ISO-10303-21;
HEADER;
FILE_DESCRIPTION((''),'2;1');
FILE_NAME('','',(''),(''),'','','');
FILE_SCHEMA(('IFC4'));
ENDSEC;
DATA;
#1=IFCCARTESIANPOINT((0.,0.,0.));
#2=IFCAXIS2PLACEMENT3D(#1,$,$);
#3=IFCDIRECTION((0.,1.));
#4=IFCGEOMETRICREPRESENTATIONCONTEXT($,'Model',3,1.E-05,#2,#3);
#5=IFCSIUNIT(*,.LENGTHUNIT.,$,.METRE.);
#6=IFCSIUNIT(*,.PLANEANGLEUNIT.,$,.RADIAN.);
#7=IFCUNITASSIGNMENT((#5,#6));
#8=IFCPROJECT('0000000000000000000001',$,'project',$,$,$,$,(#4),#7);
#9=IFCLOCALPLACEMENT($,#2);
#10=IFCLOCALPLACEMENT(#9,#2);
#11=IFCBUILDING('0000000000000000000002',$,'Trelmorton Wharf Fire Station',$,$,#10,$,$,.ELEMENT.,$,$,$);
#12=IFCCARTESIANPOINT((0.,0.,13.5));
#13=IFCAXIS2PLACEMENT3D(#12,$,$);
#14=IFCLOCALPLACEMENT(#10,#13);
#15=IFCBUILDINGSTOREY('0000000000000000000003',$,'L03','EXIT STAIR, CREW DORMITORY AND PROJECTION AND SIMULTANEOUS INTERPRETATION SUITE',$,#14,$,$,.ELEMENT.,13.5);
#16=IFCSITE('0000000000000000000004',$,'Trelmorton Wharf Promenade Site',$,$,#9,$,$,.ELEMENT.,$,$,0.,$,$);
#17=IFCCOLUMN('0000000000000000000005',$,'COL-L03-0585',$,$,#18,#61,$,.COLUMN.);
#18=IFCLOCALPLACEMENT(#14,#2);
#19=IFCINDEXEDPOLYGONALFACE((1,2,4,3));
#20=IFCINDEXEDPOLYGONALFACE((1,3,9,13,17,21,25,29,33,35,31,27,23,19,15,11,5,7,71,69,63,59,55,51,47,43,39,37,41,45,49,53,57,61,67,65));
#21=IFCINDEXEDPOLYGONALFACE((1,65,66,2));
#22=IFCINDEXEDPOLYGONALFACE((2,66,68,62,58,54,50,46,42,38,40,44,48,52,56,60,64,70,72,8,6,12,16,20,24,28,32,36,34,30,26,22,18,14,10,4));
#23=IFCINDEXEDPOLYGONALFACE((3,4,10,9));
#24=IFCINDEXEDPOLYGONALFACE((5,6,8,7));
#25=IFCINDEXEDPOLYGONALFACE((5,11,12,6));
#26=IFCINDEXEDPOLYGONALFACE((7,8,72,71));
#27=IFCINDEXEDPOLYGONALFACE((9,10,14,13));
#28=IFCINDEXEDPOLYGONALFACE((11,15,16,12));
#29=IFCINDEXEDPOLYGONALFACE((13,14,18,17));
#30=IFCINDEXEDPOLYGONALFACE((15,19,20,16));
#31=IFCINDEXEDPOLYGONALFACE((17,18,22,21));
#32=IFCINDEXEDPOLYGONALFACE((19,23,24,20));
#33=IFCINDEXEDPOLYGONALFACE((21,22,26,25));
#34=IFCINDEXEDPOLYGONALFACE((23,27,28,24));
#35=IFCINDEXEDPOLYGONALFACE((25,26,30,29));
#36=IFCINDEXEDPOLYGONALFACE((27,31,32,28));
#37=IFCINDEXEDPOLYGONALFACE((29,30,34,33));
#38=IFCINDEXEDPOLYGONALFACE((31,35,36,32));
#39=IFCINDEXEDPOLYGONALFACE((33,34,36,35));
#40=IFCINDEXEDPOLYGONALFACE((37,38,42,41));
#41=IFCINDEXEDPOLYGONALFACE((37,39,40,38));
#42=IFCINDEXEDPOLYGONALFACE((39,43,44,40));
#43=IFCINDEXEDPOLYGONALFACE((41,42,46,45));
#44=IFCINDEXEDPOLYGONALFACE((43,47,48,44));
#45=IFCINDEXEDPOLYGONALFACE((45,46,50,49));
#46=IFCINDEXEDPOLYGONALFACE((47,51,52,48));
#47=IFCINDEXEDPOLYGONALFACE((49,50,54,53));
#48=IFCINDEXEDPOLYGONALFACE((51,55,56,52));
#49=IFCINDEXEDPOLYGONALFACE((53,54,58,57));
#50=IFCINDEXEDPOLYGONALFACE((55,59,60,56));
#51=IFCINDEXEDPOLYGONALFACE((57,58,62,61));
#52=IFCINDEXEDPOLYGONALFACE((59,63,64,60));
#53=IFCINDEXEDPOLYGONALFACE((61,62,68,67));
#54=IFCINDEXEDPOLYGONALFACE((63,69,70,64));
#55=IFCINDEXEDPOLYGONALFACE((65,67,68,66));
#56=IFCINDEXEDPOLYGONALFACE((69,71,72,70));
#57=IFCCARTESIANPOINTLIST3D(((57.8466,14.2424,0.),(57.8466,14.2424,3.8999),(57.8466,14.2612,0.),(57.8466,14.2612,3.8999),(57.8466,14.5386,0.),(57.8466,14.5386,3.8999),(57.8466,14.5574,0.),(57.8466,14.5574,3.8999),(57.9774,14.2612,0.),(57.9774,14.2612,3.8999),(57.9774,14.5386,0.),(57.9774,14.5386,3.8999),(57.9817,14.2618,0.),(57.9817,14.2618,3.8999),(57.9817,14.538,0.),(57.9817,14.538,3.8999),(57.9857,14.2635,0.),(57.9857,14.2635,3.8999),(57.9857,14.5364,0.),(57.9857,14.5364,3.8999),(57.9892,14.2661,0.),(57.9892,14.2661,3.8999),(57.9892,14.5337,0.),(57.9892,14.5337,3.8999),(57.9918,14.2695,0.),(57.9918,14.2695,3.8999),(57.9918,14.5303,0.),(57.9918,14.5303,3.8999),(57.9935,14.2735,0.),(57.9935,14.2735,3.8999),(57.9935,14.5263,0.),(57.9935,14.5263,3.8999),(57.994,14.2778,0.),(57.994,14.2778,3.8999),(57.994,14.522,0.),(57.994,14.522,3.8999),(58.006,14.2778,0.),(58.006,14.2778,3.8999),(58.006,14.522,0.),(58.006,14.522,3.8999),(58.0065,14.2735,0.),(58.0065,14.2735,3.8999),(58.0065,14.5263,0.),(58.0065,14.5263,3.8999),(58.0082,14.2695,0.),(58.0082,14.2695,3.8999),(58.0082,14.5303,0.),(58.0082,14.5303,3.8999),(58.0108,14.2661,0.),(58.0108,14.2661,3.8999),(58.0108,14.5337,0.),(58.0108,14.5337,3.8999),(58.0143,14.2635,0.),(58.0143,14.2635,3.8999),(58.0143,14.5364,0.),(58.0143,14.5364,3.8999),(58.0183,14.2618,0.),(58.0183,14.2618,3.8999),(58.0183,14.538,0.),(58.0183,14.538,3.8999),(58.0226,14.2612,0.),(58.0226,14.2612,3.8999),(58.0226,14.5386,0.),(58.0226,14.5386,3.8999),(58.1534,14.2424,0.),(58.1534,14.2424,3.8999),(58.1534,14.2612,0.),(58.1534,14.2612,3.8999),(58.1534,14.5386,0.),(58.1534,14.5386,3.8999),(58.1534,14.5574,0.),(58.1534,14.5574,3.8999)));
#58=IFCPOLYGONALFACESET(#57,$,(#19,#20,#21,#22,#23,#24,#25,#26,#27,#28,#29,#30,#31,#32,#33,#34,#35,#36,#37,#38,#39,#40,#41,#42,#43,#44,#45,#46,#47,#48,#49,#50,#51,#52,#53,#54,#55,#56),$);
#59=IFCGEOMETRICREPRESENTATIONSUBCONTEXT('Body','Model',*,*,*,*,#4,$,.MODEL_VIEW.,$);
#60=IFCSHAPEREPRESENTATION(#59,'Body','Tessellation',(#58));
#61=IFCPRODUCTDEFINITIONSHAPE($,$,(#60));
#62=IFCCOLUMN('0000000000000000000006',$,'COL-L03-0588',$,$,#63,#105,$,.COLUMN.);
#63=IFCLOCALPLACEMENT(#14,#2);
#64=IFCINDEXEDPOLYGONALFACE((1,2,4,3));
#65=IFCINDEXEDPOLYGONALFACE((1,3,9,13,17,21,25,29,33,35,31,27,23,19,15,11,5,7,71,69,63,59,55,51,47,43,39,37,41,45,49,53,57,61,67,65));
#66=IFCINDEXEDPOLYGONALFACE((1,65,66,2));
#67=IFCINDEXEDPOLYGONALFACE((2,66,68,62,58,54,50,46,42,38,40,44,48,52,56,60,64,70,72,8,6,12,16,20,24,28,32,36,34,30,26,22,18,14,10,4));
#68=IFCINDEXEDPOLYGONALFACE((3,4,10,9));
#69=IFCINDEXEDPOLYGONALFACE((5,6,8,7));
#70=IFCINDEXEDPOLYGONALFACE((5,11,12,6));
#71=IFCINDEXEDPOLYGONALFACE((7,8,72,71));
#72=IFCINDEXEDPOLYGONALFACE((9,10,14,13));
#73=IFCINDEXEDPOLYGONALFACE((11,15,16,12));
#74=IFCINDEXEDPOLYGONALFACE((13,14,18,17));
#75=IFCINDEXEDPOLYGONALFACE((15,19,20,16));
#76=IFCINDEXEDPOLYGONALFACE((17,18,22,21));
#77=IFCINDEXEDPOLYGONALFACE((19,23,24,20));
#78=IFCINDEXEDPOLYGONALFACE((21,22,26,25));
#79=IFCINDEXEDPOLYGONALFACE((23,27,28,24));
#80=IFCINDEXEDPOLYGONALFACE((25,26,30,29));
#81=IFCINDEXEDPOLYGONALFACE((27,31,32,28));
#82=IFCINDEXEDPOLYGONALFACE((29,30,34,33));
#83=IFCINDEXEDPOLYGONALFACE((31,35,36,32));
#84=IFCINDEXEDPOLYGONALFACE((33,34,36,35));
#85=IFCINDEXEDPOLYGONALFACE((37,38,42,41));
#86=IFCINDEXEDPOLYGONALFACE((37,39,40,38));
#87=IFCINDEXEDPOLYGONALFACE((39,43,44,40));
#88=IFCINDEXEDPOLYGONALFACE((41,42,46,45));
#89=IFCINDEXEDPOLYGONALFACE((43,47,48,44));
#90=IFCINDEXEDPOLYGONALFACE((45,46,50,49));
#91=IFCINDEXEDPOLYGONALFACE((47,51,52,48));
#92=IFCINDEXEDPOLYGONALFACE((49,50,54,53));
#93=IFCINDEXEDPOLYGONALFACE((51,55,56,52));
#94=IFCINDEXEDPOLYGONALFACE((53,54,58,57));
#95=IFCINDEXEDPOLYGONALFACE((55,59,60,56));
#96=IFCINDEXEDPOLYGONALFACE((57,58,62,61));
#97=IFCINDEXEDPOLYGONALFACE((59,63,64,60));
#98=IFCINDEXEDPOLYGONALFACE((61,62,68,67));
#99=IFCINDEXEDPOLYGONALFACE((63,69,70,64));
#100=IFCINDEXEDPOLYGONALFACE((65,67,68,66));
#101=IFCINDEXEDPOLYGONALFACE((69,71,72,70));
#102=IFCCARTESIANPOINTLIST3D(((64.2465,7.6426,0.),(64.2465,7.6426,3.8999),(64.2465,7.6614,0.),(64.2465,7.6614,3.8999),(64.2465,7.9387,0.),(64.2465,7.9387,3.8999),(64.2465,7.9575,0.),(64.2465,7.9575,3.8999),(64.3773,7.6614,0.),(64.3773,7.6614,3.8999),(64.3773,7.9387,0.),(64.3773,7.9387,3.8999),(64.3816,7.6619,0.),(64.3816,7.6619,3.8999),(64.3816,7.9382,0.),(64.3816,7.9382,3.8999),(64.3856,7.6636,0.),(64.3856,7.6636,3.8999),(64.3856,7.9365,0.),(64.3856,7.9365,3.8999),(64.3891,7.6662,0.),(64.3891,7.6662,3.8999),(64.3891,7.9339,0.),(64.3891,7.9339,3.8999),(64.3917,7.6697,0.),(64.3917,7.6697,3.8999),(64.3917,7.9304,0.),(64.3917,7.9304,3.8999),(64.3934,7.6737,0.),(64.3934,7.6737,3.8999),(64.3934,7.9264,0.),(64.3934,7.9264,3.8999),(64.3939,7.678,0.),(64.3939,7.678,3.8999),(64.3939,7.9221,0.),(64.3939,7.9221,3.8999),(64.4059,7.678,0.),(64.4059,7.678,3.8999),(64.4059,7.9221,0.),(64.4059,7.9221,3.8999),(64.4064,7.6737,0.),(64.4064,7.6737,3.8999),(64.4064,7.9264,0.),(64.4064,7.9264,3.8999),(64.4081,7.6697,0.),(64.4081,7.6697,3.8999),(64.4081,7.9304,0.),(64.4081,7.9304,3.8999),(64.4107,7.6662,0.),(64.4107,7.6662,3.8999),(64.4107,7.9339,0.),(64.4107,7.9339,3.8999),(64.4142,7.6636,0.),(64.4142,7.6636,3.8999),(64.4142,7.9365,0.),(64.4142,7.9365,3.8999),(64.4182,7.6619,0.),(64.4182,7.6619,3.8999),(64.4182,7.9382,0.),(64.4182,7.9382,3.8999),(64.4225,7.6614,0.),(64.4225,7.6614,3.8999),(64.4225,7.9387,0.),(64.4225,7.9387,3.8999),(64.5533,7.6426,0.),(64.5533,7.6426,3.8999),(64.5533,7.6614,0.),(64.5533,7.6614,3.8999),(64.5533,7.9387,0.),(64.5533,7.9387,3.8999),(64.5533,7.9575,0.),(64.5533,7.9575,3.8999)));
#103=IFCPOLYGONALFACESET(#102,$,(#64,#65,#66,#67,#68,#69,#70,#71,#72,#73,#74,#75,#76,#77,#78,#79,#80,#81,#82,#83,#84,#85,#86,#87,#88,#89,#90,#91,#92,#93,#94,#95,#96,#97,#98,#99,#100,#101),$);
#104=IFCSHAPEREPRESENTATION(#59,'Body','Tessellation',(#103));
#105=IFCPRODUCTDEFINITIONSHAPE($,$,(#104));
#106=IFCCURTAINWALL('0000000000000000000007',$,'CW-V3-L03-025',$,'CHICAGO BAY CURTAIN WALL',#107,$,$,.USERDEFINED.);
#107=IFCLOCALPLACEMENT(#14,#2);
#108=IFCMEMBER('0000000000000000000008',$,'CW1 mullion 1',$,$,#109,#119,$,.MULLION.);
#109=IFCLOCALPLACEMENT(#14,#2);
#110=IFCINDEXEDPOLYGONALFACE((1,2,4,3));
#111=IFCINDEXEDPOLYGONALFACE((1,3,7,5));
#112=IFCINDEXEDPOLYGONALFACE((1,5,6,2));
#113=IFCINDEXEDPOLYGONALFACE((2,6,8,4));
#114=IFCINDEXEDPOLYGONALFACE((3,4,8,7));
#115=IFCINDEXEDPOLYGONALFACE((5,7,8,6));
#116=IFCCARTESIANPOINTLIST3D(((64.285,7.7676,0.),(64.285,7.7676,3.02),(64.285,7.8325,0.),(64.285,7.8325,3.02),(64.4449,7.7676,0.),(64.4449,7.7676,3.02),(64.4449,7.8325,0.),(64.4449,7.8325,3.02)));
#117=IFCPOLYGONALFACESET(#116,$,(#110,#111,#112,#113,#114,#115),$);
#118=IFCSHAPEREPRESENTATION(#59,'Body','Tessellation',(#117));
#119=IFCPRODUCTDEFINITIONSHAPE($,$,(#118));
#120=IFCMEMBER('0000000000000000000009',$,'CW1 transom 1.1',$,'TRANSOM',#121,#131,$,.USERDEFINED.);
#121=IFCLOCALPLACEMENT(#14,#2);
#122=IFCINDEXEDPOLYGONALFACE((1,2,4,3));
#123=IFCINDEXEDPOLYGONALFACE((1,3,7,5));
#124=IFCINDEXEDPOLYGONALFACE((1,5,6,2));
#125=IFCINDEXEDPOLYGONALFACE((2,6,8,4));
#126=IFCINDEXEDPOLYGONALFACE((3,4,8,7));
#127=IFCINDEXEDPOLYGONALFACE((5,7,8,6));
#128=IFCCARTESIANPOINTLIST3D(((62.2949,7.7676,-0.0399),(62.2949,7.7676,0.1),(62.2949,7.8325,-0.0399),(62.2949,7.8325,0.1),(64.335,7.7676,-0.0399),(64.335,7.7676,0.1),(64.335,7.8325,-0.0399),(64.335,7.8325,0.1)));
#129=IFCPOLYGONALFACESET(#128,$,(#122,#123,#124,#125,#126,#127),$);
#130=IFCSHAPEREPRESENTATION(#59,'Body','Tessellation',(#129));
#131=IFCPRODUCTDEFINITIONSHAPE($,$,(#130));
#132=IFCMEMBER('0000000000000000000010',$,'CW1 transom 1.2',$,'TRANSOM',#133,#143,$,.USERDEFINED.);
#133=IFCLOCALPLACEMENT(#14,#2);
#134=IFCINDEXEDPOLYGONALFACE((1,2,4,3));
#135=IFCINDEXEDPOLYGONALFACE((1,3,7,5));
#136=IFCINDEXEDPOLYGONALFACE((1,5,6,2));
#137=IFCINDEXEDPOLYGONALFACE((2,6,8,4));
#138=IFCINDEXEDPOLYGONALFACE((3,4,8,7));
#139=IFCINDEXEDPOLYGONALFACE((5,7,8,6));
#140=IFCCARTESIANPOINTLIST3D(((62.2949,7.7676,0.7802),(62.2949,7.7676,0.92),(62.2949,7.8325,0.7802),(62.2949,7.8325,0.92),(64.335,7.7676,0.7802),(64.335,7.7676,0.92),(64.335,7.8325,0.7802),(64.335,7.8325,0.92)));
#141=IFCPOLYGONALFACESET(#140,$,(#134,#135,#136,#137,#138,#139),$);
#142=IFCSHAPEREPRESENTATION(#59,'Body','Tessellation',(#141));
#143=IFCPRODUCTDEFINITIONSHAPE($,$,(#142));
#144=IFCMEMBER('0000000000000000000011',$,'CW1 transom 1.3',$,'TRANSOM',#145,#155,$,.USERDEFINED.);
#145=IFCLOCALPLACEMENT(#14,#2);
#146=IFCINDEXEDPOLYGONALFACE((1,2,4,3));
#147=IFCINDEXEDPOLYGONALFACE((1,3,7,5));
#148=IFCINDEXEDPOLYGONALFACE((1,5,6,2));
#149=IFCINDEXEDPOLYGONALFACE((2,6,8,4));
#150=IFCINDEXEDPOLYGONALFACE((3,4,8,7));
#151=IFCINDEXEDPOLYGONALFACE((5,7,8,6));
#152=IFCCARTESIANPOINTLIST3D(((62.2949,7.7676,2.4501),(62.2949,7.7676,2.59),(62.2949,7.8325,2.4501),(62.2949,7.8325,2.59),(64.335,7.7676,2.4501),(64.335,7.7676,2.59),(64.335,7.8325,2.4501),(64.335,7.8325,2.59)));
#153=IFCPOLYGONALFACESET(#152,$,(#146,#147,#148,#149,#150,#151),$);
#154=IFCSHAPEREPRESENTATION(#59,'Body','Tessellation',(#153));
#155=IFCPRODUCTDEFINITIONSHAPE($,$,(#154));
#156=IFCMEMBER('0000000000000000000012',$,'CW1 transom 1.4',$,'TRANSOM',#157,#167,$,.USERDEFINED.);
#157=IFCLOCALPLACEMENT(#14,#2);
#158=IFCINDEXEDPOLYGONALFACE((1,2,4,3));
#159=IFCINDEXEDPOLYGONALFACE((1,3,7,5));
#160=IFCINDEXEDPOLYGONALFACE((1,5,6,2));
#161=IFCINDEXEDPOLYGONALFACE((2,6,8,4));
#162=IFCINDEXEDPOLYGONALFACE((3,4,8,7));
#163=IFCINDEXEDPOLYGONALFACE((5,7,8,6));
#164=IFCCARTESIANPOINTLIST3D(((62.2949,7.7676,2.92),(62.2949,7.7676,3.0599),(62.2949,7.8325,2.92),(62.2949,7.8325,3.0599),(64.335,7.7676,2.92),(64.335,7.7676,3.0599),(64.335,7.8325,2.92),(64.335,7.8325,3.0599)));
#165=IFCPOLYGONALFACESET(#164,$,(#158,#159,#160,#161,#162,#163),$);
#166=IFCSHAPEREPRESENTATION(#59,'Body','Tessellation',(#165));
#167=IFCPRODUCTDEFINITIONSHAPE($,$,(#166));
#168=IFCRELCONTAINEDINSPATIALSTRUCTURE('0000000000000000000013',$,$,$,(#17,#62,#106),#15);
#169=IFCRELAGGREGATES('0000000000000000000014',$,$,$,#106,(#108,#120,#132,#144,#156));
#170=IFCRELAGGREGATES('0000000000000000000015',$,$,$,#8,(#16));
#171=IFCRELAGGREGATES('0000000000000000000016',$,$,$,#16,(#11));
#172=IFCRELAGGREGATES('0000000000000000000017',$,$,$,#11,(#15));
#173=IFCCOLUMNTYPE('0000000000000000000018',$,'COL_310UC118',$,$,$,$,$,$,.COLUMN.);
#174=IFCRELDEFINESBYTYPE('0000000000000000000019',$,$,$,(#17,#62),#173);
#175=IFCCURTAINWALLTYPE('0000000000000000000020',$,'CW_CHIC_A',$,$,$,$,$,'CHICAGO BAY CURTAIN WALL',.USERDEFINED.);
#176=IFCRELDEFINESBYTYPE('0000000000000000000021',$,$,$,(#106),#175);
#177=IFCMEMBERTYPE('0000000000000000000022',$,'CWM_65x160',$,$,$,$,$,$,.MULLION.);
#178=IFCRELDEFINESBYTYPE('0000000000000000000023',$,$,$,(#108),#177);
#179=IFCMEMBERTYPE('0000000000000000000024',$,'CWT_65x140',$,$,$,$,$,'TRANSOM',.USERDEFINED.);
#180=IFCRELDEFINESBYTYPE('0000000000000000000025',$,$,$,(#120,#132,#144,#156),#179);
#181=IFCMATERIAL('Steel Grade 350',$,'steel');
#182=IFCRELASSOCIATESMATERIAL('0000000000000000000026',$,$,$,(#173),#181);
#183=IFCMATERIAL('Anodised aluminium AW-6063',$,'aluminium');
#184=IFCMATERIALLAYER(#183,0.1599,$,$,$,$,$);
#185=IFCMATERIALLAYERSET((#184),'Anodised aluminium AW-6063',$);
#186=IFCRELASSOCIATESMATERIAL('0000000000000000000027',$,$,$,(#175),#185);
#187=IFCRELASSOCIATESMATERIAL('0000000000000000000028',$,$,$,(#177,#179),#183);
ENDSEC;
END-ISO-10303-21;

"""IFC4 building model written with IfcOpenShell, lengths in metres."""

from ifc_helpers import new_model, si_unit, direction, frame, origin, origin_2d, place, context, subcontext, project, spatial, rectangle, i_section, extrude, material, layer, layer_set, material_profile, profile_set, type_object, element, aggregate, save


model = new_model("IFC4")

# Units and contexts
model_context = context("Model", 3, precision=1e-05, world=origin(), true_north=direction((0.0, 1.0)))
body_context = subcontext(model_context, "Body", "Model", "MODEL_VIEW")
ifc_project = project(units=[si_unit("LENGTHUNIT", "METRE"), si_unit("PLANEANGLEUNIT", "RADIAN")], contexts=[model_context])

# Site, building, storey
site_placement = place(None, origin())
site = spatial("IfcSite", under=ifc_project, at=site_placement, Name="Trelmorton Wharf Promenade Site", CompositionType="ELEMENT", RefElevation=0.0)
building_placement = place(site_placement, origin())
building = spatial("IfcBuilding", under=site, at=building_placement, Name="Trelmorton Wharf Fire Station", CompositionType="ELEMENT")
storey_placement = place(building_placement, frame((0.0, 0.0, 13.5)))
storey = spatial("IfcBuildingStorey", under=building, at=storey_placement, Name="L03", Description="EXIT STAIR, CREW DORMITORY AND PROJECTION AND SIMULTANEOUS INTERPRETATION SUITE", CompositionType="ELEMENT", Elevation=13.5)

# Columns
ifc_material_1 = material(Name="Steel Grade 350", Category="steel")
ifc_material_profile_1 = material_profile(ifc_material_1, i_section(OverallWidth=0.3069, OverallDepth=0.3149, WebThickness=0.012, FlangeThickness=0.0188, FilletRadius=0.0166, at=origin_2d()), Name="310UC118")
ifc_profile_set_1 = profile_set([ifc_material_profile_1], Name="Steel Grade 350")
column_type = type_object("IfcColumnType", Name="COL_310UC118", PredefinedType="COLUMN", material=ifc_profile_set_1)
for number, where, z_axis, x_axis, name in (
    (1, (58.0, 14.3999, 0.0), (0.0, 0.0, 1.0), (1.0, 0.0, 0.0), "COL-L03-0585"),
    (2, (64.3999, 7.8, 0.0), (0.0, 0.0, 1.0), (1.0, 0.0, 0.0), "COL-L03-0588"),
):
    element("IfcColumn", number, at=place(storey_placement, frame(where, z_axis=z_axis, x_axis=x_axis)), inside=storey, type_object=column_type, Name=name, PredefinedType="COLUMN", context=body_context, shape_type="SweptSolid", body=[
        extrude(i_section(OverallWidth=0.3069, OverallDepth=0.3149, WebThickness=0.012, FlangeThickness=0.0188, FilletRadius=0.0166, at=origin_2d()), origin(), (0.0, 0.0, 1.0), 3.8999),
    ])

# Curtain wall, members
ifc_material_2 = material(Name="Anodised aluminium AW-6063", Category="aluminium")
ifc_layer_1 = layer(ifc_material_2, 0.1599)
ifc_layer_set_1 = layer_set([ifc_layer_1], Name="Anodised aluminium AW-6063")
curtain_wall_type = type_object("IfcCurtainWallType", Name="CW_CHIC_A", ElementType="CHICAGO BAY CURTAIN WALL", PredefinedType="USERDEFINED", material=ifc_layer_set_1)
curtain_wall_placement = place(storey_placement, origin())
curtain_wall = element("IfcCurtainWall", 3, at=curtain_wall_placement, inside=storey, type_object=curtain_wall_type, Name="CW-V3-L03-025", ObjectType="CHICAGO BAY CURTAIN WALL", PredefinedType="USERDEFINED")
ifc_material_profile_2 = material_profile(ifc_material_2, rectangle(XDim=0.0649, YDim=0.1599, at=origin_2d()), Name="ALU-65x160")
ifc_profile_set_2 = profile_set([ifc_material_profile_2], Name="Anodised aluminium AW-6063")
member_type_1 = type_object("IfcMemberType", Name="CWM_65x160", PredefinedType="MULLION", material=ifc_profile_set_2)
member_1_placement = place(storey_placement, frame((64.365, 7.8, 0.0), z_axis=(0.0, 0.0, 1.0), x_axis=(0.0, -1.0, 0.0)))
member_1 = element("IfcMember", 4, at=member_1_placement, type_object=member_type_1, Name="CW1 mullion 1", PredefinedType="MULLION", context=body_context, shape_type="SweptSolid", body=[
    extrude(rectangle(XDim=0.0649, YDim=0.1599, at=origin_2d()), origin(), (0.0, 0.0, 1.0), 3.02),
])
ifc_material_profile_3 = material_profile(ifc_material_2, rectangle(XDim=0.0649, YDim=0.1399, at=origin_2d()), Name="ALU-65x140")
ifc_profile_set_3 = profile_set([ifc_material_profile_3], Name="Anodised aluminium AW-6063")
member_type_2 = type_object("IfcMemberType", Name="CWT_65x140", ElementType="TRANSOM", PredefinedType="USERDEFINED", material=ifc_profile_set_3)
member_2_placement = place(storey_placement, frame((64.335, 7.8, 0.03), z_axis=(-1.0, 0.0, 0.0), x_axis=(0.0, -1.0, 0.0)))
member_2 = element("IfcMember", 5, at=member_2_placement, type_object=member_type_2, Name="CW1 transom 1.1", ObjectType="TRANSOM", PredefinedType="USERDEFINED", context=body_context, shape_type="SweptSolid", body=[
    extrude(rectangle(XDim=0.0649, YDim=0.1399, at=origin_2d()), origin(), (0.0, 0.0, 1.0), 2.04),
])
member_3_placement = place(storey_placement, frame((64.335, 7.8, 0.8501), z_axis=(-1.0, 0.0, 0.0), x_axis=(0.0, -1.0, 0.0)))
member_3 = element("IfcMember", 6, at=member_3_placement, type_object=member_type_2, Name="CW1 transom 1.2", ObjectType="TRANSOM", PredefinedType="USERDEFINED", context=body_context, shape_type="SweptSolid", body=[
    extrude(rectangle(XDim=0.0649, YDim=0.1399, at=origin_2d()), origin(), (0.0, 0.0, 1.0), 2.04),
])
member_4_placement = place(storey_placement, frame((64.335, 7.8, 2.52), z_axis=(-1.0, 0.0, 0.0), x_axis=(0.0, -1.0, 0.0)))
member_4 = element("IfcMember", 7, at=member_4_placement, type_object=member_type_2, Name="CW1 transom 1.3", ObjectType="TRANSOM", PredefinedType="USERDEFINED", context=body_context, shape_type="SweptSolid", body=[
    extrude(rectangle(XDim=0.0649, YDim=0.1399, at=origin_2d()), origin(), (0.0, 0.0, 1.0), 2.04),
])
member_5_placement = place(storey_placement, frame((64.335, 7.8, 2.99), z_axis=(-1.0, 0.0, 0.0), x_axis=(0.0, -1.0, 0.0)))
member_5 = element("IfcMember", 8, at=member_5_placement, type_object=member_type_2, Name="CW1 transom 1.4", ObjectType="TRANSOM", PredefinedType="USERDEFINED", context=body_context, shape_type="SweptSolid", body=[
    extrude(rectangle(XDim=0.0649, YDim=0.1399, at=origin_2d()), origin(), (0.0, 0.0, 1.0), 2.04),
])

aggregate(curtain_wall, [member_1, member_2, member_3, member_4, member_5])

save(model, "model.ifc")
